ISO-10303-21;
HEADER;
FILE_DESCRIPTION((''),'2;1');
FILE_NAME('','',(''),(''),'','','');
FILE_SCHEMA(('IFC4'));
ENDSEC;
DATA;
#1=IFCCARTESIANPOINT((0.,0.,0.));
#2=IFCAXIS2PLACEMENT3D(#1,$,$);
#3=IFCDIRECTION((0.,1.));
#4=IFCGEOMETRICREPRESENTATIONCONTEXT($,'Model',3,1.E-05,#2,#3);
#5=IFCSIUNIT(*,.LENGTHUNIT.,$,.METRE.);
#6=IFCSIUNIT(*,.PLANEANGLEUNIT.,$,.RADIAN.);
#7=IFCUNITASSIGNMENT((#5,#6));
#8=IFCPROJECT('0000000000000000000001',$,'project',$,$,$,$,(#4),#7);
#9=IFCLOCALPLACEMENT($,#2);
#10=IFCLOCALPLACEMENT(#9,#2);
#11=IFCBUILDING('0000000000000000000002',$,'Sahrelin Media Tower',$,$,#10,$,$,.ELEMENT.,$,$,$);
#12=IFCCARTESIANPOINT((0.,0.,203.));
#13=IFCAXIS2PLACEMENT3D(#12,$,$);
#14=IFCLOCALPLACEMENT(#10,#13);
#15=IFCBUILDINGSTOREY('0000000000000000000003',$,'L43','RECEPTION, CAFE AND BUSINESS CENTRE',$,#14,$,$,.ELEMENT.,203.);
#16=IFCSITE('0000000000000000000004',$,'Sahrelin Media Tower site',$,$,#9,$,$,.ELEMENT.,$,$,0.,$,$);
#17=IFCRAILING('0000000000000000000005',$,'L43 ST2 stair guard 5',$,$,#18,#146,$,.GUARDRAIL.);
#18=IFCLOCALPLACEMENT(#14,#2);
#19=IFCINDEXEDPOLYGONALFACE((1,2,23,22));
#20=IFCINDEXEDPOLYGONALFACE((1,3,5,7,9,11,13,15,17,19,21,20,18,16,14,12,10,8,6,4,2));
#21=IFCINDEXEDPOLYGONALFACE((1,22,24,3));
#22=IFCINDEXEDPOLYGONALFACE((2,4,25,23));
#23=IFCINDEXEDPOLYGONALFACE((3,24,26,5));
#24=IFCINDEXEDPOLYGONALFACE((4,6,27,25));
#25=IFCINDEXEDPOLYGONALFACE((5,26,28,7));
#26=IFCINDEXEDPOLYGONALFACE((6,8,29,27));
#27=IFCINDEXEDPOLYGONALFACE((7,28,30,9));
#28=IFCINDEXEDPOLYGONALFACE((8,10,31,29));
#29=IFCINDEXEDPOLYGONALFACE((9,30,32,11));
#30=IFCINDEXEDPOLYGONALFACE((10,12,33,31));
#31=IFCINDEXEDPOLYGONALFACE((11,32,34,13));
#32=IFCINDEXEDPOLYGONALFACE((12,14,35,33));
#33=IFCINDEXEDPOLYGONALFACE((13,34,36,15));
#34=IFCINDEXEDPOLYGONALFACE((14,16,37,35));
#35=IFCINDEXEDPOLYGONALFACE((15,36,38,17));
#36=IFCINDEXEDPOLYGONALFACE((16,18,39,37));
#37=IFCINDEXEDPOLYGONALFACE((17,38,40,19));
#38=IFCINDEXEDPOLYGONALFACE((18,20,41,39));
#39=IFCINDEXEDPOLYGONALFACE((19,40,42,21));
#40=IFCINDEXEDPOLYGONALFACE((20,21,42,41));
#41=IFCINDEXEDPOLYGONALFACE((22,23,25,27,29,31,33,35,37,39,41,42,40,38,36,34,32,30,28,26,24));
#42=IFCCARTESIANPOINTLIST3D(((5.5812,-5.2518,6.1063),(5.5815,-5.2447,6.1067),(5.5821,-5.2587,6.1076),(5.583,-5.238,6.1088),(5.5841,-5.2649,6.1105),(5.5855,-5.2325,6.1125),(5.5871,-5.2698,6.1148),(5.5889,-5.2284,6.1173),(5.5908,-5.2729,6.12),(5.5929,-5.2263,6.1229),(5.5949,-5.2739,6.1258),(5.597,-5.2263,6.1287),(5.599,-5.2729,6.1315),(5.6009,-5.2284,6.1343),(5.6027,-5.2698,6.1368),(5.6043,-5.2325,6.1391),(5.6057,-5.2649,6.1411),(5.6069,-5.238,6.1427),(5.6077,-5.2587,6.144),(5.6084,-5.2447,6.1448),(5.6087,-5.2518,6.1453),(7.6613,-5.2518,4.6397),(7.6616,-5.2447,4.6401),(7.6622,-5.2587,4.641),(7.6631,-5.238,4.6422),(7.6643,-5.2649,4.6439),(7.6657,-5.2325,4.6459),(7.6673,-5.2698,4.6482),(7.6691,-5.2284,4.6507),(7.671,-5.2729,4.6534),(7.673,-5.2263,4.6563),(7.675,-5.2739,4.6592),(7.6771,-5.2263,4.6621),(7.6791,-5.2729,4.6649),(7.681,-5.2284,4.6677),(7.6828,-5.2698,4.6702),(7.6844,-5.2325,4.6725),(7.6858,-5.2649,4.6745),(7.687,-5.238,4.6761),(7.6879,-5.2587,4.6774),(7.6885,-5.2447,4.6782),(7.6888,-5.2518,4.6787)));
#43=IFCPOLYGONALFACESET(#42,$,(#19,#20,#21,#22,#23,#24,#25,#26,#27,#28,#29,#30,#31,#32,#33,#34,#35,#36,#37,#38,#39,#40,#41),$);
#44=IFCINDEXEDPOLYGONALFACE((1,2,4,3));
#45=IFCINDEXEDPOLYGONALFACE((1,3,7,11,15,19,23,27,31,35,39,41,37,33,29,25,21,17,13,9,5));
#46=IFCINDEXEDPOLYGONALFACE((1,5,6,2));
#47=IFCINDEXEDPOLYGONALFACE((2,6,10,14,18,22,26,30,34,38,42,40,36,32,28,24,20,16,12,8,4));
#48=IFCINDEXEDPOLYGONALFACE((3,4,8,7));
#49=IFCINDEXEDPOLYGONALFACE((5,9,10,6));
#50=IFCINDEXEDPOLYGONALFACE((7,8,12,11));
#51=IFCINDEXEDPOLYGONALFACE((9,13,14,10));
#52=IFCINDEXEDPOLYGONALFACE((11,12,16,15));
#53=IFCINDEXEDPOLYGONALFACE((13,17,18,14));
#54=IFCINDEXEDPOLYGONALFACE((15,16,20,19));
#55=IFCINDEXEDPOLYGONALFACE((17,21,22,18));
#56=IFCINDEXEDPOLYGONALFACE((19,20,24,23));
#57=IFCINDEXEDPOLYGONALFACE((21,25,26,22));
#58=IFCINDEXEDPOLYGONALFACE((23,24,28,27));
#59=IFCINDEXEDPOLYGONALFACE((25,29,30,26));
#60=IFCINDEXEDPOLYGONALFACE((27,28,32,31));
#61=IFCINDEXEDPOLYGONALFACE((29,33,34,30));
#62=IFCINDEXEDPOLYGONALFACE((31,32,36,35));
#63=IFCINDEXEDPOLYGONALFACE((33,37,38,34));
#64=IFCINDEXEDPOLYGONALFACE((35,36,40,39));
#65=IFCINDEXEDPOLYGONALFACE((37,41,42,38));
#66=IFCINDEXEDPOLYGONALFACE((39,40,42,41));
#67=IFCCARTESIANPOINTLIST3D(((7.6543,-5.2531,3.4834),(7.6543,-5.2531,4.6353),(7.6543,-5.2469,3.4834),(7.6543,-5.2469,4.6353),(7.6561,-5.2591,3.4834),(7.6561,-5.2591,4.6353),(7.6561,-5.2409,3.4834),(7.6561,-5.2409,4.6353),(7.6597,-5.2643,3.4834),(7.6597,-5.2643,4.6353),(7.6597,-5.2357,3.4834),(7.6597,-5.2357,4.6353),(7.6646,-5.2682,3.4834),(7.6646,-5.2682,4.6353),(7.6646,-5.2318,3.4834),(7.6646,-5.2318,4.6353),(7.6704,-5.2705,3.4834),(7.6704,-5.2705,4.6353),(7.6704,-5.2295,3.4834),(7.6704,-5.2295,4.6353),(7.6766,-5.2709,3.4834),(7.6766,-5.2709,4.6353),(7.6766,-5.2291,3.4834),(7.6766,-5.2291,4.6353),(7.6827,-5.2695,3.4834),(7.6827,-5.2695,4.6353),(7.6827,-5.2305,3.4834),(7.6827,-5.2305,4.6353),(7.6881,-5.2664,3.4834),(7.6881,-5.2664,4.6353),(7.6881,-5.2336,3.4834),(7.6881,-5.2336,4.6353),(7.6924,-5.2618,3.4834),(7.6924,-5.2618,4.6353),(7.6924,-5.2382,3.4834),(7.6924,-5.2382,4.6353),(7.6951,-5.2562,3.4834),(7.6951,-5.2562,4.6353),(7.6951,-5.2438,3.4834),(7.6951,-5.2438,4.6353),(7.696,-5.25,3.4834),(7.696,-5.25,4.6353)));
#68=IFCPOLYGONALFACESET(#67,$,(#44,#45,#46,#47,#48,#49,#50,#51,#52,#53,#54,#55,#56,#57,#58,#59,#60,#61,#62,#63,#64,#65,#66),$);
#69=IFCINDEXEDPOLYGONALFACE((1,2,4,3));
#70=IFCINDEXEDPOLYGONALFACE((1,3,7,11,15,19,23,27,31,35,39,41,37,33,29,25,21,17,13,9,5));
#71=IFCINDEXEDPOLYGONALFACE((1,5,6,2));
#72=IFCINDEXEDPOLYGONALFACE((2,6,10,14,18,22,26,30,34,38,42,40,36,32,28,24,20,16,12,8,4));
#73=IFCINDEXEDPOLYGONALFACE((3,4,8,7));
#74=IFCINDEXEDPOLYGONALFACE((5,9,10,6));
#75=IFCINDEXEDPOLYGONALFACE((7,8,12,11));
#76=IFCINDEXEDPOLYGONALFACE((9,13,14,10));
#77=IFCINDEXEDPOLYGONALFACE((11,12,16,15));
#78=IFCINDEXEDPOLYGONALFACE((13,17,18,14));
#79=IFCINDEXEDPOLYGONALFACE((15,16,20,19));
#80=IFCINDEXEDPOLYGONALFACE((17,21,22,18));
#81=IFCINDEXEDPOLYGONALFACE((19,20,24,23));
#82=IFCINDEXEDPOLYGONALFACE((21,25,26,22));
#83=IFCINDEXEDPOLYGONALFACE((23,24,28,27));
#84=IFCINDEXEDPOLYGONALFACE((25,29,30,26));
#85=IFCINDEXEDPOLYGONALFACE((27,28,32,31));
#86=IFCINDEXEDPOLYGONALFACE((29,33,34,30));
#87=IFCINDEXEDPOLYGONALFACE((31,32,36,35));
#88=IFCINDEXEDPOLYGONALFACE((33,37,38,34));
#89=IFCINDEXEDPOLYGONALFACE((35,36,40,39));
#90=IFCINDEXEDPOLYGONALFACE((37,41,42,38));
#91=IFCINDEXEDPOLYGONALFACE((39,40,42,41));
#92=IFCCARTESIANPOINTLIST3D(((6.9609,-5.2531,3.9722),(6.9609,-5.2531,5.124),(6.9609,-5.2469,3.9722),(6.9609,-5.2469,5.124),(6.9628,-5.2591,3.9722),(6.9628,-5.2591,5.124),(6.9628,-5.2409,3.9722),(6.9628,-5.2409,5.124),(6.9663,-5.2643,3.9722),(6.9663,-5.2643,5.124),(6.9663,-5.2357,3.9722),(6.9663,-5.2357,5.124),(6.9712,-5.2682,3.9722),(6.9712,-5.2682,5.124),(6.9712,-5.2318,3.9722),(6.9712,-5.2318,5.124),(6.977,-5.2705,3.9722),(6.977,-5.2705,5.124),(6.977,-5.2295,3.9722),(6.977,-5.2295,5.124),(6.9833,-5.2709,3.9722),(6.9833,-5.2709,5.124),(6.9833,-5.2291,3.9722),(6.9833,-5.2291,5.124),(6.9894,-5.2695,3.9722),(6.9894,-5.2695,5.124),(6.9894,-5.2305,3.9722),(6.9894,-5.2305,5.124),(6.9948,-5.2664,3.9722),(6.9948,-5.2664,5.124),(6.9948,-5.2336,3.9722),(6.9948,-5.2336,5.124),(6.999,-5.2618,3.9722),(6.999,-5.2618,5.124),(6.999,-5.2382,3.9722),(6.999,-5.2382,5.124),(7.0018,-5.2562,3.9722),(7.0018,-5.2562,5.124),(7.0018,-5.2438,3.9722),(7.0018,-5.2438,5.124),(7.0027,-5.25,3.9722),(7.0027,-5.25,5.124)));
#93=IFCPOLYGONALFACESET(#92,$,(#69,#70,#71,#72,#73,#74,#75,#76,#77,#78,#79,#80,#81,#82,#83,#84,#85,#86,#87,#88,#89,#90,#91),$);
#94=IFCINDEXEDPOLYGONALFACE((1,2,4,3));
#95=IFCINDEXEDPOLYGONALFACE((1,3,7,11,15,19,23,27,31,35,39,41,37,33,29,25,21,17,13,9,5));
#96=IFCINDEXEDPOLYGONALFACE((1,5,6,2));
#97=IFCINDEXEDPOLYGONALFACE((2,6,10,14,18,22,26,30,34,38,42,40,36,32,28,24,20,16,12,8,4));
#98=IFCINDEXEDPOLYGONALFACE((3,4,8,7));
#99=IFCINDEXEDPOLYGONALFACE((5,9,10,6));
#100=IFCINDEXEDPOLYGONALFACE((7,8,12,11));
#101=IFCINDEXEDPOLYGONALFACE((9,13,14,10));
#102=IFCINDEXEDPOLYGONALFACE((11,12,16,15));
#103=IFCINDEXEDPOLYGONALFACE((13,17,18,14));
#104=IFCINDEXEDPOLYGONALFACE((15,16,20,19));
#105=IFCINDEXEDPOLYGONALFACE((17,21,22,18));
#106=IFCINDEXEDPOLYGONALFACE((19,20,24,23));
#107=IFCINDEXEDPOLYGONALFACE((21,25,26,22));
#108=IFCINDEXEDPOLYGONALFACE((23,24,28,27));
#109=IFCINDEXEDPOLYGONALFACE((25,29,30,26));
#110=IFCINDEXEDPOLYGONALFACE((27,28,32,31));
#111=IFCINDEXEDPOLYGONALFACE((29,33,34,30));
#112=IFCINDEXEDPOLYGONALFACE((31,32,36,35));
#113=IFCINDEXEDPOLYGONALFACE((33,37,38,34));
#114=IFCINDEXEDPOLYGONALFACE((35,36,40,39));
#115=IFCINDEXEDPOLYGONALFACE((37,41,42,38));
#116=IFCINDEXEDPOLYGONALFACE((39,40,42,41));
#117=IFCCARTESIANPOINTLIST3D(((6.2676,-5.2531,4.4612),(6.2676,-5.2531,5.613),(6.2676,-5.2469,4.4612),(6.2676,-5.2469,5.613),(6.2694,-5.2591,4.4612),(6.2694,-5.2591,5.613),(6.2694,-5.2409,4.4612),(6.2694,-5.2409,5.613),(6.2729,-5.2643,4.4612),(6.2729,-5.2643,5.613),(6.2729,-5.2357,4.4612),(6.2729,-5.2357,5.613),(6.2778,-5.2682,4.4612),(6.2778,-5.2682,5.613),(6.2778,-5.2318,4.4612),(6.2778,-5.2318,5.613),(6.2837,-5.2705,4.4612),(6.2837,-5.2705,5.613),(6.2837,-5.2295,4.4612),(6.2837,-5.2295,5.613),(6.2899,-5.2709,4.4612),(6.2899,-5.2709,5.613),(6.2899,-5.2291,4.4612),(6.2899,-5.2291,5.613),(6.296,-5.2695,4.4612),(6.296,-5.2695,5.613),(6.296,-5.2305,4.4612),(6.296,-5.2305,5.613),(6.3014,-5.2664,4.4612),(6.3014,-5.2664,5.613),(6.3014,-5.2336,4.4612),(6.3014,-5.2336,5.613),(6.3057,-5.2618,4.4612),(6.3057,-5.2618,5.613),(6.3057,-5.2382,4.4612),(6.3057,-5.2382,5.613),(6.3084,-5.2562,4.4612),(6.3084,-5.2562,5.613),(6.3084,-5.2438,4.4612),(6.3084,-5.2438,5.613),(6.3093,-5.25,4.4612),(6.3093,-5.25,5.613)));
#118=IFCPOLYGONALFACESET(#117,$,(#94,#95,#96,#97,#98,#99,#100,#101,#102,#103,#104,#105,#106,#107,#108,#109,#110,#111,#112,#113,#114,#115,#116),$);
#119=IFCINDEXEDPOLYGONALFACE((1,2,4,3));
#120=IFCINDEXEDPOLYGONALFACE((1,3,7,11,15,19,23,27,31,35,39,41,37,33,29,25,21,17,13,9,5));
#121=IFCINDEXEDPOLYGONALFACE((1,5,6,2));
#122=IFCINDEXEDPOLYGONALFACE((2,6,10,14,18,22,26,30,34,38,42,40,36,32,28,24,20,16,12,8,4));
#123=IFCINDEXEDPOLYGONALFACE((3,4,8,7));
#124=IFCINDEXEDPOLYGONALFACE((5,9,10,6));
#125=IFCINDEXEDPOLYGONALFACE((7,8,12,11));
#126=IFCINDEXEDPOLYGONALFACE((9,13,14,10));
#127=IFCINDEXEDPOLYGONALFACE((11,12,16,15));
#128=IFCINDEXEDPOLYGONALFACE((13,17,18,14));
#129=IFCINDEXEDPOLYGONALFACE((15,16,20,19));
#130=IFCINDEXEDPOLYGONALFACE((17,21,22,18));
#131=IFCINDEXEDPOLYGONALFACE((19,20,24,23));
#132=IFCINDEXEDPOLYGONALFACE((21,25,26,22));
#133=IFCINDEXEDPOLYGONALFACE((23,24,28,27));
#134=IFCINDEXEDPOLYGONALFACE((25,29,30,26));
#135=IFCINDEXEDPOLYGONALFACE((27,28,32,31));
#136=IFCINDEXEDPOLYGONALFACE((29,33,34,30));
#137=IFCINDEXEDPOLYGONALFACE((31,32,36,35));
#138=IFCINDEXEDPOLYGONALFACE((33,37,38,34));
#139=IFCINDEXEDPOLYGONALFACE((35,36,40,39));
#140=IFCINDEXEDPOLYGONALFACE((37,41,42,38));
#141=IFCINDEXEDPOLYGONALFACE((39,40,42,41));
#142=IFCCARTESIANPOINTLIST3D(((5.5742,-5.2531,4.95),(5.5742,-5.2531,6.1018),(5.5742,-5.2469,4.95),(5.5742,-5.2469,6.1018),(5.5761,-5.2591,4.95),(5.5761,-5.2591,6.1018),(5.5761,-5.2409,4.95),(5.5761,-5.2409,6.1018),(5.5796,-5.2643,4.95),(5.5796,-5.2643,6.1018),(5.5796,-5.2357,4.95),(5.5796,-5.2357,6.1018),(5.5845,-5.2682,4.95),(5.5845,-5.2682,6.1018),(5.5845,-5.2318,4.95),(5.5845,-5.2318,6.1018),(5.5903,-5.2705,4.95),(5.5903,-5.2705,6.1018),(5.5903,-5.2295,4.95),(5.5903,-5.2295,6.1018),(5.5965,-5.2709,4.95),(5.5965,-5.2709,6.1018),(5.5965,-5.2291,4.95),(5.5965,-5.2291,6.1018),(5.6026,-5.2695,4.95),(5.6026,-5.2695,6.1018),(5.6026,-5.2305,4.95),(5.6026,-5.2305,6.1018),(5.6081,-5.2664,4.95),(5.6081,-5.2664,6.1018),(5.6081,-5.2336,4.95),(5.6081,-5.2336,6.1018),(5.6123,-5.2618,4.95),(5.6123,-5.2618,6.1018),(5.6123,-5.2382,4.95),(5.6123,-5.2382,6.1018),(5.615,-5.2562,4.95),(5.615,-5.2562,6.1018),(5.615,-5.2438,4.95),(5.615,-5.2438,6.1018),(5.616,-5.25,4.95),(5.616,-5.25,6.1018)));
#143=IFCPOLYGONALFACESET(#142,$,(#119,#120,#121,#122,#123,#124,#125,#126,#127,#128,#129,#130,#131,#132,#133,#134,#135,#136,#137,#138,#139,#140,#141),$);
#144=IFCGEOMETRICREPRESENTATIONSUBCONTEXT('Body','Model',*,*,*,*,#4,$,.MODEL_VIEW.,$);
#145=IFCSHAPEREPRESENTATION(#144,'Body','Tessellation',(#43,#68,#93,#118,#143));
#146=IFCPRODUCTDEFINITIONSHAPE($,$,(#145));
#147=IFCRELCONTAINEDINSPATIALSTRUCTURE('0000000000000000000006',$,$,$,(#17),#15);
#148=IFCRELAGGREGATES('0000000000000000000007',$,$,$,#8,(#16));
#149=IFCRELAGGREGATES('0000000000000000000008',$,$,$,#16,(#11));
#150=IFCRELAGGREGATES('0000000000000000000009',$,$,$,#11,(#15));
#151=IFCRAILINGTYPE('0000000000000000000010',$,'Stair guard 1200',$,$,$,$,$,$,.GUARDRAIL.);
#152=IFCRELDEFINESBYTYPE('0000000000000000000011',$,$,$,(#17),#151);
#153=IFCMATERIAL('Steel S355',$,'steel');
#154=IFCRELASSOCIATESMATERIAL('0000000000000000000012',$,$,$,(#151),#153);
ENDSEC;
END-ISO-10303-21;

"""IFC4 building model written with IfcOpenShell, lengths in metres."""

from ifc_helpers import new_model, si_unit, direction, frame, origin, origin_2d, place, context, subcontext, project, spatial, circle, extrude, material, type_object, element, save


model = new_model("IFC4")

# Units and contexts
model_context = context("Model", 3, precision=1e-05, world=origin(), true_north=direction((0.0, 1.0)))
body_context = subcontext(model_context, "Body", "Model", "MODEL_VIEW")
ifc_project = project(units=[si_unit("LENGTHUNIT", "METRE"), si_unit("PLANEANGLEUNIT", "RADIAN")], contexts=[model_context])

# Site, building, storey
site_placement = place(None, origin())
site = spatial("IfcSite", under=ifc_project, at=site_placement, Name="Sahrelin Media Tower site", CompositionType="ELEMENT", RefElevation=0.0)
building_placement = place(site_placement, origin())
building = spatial("IfcBuilding", under=site, at=building_placement, Name="Sahrelin Media Tower", CompositionType="ELEMENT")
storey_placement = place(building_placement, frame((0.0, 0.0, 203.0)))
storey = spatial("IfcBuildingStorey", under=building, at=storey_placement, Name="L43", Description="RECEPTION, CAFE AND BUSINESS CENTRE", CompositionType="ELEMENT", Elevation=203.0)

# Railing
ifc_material_1 = material(Name="Steel S355", Category="steel")
railing_type_1 = type_object("IfcRailingType", Name="Stair guard 1200", PredefinedType="GUARDRAIL", material=ifc_material_1)
railing_1_placement = place(storey_placement, frame((7.675, -5.25, 3.4834)))
element("IfcRailing", 1, at=railing_1_placement, inside=storey, type_object=railing_type_1, Name="L43 ST2 stair guard 5", PredefinedType="GUARDRAIL", context=body_context, shape_type="SweptSolid", body=[
    extrude(circle(Radius=0.0239, at=origin_2d()), frame((0.0, 0.0, 1.1758), z_axis=(-0.817289, 0.0, 0.576227), x_axis=(0.0, -1.0, 0.0)), (0.0, 0.0, 1.0), 2.5452),
    extrude(circle(Radius=0.021, at=origin_2d()), origin(), (0.0, 0.0, 1.0), 1.1519),
    extrude(circle(Radius=0.021, at=origin_2d()), frame((-0.6934, 0.0, 0.4888)), (0.0, 0.0, 1.0), 1.1519),
    extrude(circle(Radius=0.021, at=origin_2d()), frame((-1.3867, 0.0, 0.9778)), (0.0, 0.0, 1.0), 1.1519),
    extrude(circle(Radius=0.021, at=origin_2d()), frame((-2.0801, 0.0, 1.4666)), (0.0, 0.0, 1.0), 1.1519),
])

save(model, "model.ifc")
